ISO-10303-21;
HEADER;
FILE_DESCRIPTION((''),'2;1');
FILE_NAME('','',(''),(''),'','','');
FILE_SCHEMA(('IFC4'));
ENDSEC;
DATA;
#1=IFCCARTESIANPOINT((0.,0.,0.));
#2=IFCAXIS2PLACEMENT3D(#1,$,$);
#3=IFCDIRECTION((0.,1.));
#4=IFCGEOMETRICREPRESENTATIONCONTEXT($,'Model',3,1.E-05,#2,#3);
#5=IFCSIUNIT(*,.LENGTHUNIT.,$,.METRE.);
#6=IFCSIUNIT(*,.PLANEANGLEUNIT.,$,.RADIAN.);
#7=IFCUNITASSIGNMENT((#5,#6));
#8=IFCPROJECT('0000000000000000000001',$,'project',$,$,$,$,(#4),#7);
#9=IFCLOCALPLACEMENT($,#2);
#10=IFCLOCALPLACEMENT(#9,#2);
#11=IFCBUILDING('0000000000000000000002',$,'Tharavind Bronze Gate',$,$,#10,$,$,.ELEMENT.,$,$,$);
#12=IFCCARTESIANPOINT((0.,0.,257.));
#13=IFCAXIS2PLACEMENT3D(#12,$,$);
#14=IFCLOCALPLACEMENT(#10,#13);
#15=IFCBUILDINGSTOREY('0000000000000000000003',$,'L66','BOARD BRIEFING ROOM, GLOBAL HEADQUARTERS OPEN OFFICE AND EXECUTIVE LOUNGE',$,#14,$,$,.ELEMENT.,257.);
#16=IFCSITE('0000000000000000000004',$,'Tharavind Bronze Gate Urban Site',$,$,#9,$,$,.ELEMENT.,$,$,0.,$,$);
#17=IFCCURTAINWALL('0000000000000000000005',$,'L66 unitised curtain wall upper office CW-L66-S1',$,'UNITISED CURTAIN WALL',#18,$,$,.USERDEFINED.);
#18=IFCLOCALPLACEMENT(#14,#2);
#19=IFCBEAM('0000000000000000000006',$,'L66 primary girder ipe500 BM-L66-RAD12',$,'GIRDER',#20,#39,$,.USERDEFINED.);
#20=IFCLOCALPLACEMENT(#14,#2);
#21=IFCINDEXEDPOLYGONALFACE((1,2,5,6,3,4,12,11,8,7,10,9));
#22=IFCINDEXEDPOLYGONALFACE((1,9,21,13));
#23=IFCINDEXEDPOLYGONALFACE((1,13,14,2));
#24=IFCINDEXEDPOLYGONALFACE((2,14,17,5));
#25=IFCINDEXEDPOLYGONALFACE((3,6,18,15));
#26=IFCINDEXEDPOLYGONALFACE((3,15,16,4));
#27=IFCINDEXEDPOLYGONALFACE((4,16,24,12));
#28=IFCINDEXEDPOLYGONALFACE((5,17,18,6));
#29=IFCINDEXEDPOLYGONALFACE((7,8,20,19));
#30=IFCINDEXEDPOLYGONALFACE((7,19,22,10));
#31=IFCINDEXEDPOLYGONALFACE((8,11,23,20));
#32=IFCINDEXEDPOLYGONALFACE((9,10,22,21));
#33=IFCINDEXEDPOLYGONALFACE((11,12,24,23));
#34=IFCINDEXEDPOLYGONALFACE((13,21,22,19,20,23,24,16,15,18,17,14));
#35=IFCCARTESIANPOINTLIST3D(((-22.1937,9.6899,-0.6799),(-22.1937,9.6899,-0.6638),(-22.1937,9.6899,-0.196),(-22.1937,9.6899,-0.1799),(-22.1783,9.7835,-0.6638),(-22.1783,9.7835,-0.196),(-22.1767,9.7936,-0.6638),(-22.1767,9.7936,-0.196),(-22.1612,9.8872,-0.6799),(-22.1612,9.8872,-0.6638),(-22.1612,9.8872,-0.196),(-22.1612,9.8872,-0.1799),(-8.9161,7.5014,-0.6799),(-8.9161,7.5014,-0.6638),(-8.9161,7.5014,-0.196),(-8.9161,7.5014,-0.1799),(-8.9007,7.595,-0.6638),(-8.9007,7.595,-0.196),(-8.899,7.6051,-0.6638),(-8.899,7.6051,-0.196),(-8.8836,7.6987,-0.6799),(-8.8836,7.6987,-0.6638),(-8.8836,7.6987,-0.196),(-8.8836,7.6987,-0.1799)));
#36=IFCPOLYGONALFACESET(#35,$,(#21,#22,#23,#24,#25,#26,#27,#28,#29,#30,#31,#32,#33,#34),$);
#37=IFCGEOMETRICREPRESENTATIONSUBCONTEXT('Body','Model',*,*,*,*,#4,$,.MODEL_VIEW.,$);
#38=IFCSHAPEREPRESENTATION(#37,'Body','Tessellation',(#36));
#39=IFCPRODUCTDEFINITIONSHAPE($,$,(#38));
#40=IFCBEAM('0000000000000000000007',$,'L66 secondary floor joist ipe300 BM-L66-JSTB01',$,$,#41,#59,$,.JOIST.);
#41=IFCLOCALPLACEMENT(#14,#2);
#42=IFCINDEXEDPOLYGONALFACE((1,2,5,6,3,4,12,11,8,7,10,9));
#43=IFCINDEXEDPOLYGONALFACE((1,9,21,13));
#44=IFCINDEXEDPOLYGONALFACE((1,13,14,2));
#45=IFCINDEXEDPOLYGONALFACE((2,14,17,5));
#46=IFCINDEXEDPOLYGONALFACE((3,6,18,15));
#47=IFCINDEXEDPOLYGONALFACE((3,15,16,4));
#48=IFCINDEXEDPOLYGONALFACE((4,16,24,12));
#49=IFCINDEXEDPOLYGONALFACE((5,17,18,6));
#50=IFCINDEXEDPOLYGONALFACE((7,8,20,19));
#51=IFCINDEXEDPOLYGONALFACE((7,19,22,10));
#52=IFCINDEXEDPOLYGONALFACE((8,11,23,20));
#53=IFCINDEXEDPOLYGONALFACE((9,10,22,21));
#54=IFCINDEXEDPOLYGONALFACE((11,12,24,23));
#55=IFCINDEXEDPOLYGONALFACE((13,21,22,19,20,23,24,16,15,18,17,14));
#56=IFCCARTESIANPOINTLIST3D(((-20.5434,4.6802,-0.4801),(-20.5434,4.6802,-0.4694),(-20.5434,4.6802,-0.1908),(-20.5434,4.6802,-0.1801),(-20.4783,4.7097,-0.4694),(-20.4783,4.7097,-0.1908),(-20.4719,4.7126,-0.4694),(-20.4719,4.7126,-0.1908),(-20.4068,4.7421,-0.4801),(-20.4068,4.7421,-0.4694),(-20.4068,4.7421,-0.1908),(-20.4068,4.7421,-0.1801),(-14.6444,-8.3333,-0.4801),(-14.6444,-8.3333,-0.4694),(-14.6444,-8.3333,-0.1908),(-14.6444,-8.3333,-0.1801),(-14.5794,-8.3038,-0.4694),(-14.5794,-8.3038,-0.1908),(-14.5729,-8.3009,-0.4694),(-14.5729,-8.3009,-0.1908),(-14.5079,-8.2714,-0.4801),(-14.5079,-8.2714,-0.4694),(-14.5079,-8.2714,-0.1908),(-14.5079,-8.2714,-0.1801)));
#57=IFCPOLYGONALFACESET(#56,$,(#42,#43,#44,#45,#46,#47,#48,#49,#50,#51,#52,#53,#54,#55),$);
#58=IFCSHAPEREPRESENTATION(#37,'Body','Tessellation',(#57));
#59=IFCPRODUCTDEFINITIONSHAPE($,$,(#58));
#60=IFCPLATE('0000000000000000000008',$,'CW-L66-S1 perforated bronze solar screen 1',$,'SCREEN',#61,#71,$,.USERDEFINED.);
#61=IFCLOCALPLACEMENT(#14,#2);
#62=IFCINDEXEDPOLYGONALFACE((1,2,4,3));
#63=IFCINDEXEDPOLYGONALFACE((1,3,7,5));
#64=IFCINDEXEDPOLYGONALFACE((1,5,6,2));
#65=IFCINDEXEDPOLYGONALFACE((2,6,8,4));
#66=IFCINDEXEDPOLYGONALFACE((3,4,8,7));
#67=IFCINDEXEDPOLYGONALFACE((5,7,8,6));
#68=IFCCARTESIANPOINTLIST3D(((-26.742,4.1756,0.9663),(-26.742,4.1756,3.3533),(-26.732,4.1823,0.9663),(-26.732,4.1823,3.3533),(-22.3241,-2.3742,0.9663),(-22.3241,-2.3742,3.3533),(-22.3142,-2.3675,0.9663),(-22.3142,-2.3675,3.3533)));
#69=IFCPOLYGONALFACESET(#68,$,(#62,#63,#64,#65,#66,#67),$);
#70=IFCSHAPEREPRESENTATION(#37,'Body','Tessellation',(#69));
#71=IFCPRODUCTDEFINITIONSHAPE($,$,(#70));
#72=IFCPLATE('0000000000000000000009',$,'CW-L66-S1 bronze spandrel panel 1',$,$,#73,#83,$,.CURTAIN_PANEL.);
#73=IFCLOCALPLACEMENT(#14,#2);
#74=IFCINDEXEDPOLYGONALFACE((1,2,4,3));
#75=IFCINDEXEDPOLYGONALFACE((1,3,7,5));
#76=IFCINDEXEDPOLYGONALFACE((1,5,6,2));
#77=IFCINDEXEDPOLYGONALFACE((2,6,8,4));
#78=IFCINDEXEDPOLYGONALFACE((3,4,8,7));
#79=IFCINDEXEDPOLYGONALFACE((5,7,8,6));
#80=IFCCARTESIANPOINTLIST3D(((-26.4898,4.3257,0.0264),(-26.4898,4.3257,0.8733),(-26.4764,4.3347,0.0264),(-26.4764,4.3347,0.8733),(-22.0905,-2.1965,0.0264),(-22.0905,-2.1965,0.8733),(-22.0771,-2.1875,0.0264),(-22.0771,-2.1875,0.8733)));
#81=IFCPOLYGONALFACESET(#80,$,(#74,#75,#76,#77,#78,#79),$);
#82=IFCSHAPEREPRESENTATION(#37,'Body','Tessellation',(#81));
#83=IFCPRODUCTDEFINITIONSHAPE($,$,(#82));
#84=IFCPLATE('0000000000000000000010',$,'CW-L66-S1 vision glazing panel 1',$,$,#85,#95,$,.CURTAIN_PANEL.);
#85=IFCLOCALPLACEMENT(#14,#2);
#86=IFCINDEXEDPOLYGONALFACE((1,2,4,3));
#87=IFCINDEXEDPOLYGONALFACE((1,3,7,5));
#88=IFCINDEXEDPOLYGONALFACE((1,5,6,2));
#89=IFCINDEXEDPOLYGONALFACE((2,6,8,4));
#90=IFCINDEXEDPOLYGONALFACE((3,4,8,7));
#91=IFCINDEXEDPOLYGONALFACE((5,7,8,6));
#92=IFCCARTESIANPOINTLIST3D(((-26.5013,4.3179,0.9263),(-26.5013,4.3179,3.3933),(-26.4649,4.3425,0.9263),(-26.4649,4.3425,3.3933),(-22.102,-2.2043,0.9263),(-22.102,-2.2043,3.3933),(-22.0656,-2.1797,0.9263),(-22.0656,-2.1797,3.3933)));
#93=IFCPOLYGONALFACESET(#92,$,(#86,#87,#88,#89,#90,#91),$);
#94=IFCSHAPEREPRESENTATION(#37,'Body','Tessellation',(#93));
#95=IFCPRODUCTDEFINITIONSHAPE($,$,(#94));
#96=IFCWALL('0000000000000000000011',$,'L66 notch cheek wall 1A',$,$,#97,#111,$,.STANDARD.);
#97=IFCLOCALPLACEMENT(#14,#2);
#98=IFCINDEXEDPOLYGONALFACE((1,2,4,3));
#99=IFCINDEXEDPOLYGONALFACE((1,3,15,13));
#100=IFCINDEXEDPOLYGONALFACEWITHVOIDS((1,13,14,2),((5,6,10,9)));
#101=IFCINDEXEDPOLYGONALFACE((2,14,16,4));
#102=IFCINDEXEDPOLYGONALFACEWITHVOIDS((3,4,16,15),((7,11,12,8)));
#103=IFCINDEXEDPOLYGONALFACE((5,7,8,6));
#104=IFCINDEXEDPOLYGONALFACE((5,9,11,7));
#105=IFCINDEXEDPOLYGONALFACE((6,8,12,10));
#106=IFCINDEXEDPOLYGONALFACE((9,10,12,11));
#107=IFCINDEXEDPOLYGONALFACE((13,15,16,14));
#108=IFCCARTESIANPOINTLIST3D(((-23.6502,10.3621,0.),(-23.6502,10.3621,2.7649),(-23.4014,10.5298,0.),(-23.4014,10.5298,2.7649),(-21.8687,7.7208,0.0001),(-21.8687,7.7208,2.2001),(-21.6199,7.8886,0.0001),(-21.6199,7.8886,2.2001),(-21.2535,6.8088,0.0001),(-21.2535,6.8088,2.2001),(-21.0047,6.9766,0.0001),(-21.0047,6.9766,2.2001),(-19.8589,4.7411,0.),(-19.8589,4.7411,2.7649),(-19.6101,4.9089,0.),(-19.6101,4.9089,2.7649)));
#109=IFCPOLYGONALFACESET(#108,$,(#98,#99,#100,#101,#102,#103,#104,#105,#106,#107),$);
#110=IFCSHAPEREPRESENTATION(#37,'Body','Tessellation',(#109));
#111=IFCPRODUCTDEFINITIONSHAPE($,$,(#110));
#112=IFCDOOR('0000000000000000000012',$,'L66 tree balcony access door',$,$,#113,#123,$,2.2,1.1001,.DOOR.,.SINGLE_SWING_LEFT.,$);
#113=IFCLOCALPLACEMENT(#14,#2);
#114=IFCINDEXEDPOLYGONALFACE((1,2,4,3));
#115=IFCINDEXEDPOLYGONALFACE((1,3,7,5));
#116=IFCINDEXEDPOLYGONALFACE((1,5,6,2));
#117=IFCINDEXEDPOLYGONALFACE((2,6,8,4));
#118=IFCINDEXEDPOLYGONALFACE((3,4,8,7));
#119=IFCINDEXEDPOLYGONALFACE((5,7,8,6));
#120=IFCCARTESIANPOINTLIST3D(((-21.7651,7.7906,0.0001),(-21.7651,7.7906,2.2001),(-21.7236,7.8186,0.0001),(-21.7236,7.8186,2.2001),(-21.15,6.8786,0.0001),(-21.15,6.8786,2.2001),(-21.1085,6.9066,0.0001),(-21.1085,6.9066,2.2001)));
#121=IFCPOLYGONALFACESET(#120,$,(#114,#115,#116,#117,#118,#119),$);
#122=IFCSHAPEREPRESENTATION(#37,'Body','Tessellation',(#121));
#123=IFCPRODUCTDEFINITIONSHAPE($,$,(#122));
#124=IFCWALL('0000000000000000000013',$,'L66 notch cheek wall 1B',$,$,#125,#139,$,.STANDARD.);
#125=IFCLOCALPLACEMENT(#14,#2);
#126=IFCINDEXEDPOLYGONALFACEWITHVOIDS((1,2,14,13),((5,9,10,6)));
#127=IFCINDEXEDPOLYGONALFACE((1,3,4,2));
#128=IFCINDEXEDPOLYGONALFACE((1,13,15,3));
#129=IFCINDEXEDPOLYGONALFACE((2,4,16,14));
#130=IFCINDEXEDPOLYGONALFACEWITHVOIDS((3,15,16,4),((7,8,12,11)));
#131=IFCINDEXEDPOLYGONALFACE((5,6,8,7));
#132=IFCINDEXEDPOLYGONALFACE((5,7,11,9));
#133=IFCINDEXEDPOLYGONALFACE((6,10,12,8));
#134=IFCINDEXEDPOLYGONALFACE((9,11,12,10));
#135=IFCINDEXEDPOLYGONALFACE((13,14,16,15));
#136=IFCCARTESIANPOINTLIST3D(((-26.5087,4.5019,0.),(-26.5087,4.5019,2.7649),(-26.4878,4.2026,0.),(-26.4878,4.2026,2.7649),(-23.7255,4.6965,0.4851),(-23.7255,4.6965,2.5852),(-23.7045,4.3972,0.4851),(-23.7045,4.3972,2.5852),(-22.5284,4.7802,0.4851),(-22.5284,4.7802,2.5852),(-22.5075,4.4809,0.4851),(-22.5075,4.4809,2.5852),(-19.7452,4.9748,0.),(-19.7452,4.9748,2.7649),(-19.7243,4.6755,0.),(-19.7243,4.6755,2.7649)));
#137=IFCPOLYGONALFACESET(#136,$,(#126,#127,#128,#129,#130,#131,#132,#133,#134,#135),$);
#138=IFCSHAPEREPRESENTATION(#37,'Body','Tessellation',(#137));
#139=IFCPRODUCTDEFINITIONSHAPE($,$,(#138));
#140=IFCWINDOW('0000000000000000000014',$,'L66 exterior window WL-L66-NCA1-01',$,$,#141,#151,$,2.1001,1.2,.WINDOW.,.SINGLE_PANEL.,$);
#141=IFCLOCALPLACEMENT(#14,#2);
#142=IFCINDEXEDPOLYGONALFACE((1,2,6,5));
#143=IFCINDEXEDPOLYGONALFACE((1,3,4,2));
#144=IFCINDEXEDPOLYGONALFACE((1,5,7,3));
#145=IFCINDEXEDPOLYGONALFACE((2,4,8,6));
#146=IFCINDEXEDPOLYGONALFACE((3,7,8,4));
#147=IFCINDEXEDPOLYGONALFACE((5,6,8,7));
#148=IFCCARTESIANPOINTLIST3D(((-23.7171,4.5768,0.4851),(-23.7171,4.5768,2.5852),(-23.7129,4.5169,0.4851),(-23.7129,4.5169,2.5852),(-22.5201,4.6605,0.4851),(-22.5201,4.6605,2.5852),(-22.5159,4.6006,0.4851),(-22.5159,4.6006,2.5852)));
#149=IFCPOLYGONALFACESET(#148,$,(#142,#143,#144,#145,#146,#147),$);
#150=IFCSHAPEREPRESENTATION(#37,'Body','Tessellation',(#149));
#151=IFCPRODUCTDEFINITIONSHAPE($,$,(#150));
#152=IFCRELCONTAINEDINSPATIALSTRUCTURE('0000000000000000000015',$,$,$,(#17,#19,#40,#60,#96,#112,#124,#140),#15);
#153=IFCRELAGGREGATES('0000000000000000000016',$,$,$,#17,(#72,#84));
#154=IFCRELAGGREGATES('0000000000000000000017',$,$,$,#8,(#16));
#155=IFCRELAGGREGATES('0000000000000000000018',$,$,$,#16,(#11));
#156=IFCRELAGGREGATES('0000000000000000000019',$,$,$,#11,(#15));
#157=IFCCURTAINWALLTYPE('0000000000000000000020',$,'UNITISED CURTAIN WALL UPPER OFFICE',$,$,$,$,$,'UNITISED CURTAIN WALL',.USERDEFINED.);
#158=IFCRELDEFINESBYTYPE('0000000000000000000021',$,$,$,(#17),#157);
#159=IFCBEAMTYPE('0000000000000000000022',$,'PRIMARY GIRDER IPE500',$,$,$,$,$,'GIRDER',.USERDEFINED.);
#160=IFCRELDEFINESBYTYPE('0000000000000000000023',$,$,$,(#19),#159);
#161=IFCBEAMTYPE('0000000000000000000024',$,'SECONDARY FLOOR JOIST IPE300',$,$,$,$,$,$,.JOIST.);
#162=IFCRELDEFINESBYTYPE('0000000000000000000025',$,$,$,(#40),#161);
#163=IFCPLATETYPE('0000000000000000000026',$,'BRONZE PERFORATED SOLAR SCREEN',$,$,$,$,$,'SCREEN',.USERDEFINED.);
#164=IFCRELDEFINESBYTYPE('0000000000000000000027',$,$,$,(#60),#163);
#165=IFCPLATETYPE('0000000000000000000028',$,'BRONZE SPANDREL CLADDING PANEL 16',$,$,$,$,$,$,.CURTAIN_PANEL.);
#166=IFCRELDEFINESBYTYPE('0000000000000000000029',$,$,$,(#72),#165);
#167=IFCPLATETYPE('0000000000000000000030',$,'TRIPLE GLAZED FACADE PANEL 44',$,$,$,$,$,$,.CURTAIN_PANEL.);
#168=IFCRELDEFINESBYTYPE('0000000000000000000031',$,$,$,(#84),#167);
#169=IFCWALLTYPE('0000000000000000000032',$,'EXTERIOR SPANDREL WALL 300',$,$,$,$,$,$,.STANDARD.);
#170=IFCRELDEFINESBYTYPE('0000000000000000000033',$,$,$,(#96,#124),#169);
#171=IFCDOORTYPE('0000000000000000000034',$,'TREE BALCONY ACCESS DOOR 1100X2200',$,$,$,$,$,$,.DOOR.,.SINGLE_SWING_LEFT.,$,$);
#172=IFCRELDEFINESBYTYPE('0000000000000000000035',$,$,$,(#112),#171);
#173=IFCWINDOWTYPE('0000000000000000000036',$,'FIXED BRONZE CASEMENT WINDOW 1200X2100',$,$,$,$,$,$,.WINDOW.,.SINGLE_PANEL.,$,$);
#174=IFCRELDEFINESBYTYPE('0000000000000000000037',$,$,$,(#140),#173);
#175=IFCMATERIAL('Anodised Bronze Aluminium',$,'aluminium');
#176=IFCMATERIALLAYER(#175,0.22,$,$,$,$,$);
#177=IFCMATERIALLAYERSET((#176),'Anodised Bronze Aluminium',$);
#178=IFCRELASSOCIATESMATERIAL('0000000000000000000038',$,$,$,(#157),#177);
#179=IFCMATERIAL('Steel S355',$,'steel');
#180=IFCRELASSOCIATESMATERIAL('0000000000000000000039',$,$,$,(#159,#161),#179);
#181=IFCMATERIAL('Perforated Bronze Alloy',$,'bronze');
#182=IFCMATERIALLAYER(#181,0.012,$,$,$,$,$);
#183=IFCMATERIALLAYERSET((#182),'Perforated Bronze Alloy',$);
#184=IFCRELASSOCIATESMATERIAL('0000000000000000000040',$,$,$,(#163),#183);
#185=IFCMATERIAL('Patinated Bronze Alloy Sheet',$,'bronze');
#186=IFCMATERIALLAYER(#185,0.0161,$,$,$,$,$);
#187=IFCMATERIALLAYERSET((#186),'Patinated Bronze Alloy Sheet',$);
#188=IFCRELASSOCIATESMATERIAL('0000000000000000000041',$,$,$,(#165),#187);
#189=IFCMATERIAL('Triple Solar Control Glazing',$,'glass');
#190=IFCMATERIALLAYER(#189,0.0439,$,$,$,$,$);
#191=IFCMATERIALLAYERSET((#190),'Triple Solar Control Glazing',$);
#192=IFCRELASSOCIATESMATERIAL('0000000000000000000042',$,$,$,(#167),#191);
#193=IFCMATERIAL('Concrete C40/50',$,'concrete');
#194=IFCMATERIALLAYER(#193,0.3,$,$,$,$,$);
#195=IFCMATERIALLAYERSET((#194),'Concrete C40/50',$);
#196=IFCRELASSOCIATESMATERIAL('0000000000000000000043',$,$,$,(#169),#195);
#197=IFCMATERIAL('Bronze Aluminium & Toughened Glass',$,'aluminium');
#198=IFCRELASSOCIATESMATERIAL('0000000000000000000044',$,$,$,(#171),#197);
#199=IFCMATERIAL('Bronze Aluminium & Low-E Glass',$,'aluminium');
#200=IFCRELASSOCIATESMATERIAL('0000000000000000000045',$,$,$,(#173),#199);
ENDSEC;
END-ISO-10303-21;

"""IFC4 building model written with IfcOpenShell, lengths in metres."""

from ifc_helpers import new_model, si_unit, direction, frame, frame_2d, origin, origin_2d, place, context, subcontext, project, spatial, rectangle, i_section, extrude, material, layer, layer_set, material_profile, profile_set, type_object, element, fill, aggregate, save


model = new_model("IFC4")

# Units and contexts
model_context = context("Model", 3, precision=1e-05, world=origin(), true_north=direction((0.0, 1.0)))
body_context = subcontext(model_context, "Body", "Model", "MODEL_VIEW")
ifc_project = project(units=[si_unit("LENGTHUNIT", "METRE"), si_unit("PLANEANGLEUNIT", "RADIAN")], contexts=[model_context])

# Site, building, storey
site_placement = place(None, origin())
site = spatial("IfcSite", under=ifc_project, at=site_placement, Name="Tharavind Bronze Gate Urban Site", CompositionType="ELEMENT", RefElevation=0.0)
building_placement = place(site_placement, origin())
building = spatial("IfcBuilding", under=site, at=building_placement, Name="Tharavind Bronze Gate", CompositionType="ELEMENT")
storey_placement = place(building_placement, frame((0.0, 0.0, 257.0)))
storey = spatial("IfcBuildingStorey", under=building, at=storey_placement, Name="L66", Description="BOARD BRIEFING ROOM, GLOBAL HEADQUARTERS OPEN OFFICE AND EXECUTIVE LOUNGE", CompositionType="ELEMENT", Elevation=257.0)

# Curtain wall
ifc_material_1 = material(Name="Anodised Bronze Aluminium", Category="aluminium")
ifc_layer_1 = layer(ifc_material_1, 0.22)
ifc_layer_set_1 = layer_set([ifc_layer_1], Name="Anodised Bronze Aluminium")
curtain_wall_type = type_object("IfcCurtainWallType", Name="UNITISED CURTAIN WALL UPPER OFFICE", ElementType="UNITISED CURTAIN WALL", PredefinedType="USERDEFINED", material=ifc_layer_set_1)
curtain_wall_1_placement = place(storey_placement, origin())
curtain_wall_1 = element("IfcCurtainWall", 1, at=curtain_wall_1_placement, inside=storey, type_object=curtain_wall_type, Name="L66 unitised curtain wall upper office CW-L66-S1", ObjectType="UNITISED CURTAIN WALL", PredefinedType="USERDEFINED")

# Beams
ifc_material_2 = material(Name="Steel S355", Category="steel")
ifc_material_profile_1 = material_profile(ifc_material_2, i_section(OverallWidth=0.2, OverallDepth=0.5, WebThickness=0.0103, FlangeThickness=0.0161, at=origin_2d()), Name="IPE500")
ifc_profile_set_1 = profile_set([ifc_material_profile_1], Name="Steel S355")
beam_type_1 = type_object("IfcBeamType", Name="PRIMARY GIRDER IPE500", ElementType="GIRDER", PredefinedType="USERDEFINED", material=ifc_profile_set_1)
beam_1_placement = place(storey_placement, frame((-22.1775, 9.7886, -0.4299), z_axis=(0.986687, -0.162631, 0.0), x_axis=(0.162631, 0.986687, 0.0)))
element("IfcBeam", 2, at=beam_1_placement, inside=storey, type_object=beam_type_1, Name="L66 primary girder ipe500 BM-L66-RAD12", ObjectType="GIRDER", PredefinedType="USERDEFINED", context=body_context, shape_type="SweptSolid", body=[
    extrude(i_section(OverallWidth=0.2, OverallDepth=0.5, WebThickness=0.0103, FlangeThickness=0.0161, at=origin_2d()), origin(), (0.0, 0.0, 1.0), 13.4568),
])
ifc_material_profile_2 = material_profile(ifc_material_2, i_section(OverallWidth=0.1499, OverallDepth=0.3, WebThickness=0.0071, FlangeThickness=0.0107, at=origin_2d()), Name="IPE300")
ifc_profile_set_2 = profile_set([ifc_material_profile_2], Name="Steel S355")
beam_type_2 = type_object("IfcBeamType", Name="SECONDARY FLOOR JOIST IPE300", PredefinedType="JOIST", material=ifc_profile_set_2)
beam_2_placement = place(storey_placement, frame((-20.4751, 4.7112, -0.3301), z_axis=(0.412859, -0.910795, 0.0), x_axis=(0.910795, 0.412859, 0.0)))
element("IfcBeam", 3, at=beam_2_placement, inside=storey, type_object=beam_type_2, Name="L66 secondary floor joist ipe300 BM-L66-JSTB01", PredefinedType="JOIST", context=body_context, shape_type="SweptSolid", body=[
    extrude(i_section(OverallWidth=0.1499, OverallDepth=0.3, WebThickness=0.0071, FlangeThickness=0.0107, at=origin_2d()), origin(), (0.0, 0.0, 1.0), 14.2881),
])

# Plates
ifc_material_3 = material(Name="Perforated Bronze Alloy", Category="bronze")
ifc_layer_2 = layer(ifc_material_3, 0.012)
ifc_layer_set_2 = layer_set([ifc_layer_2], Name="Perforated Bronze Alloy")
plate_type_1 = type_object("IfcPlateType", Name="BRONZE PERFORATED SOLAR SCREEN", ElementType="SCREEN", PredefinedType="USERDEFINED", material=ifc_layer_set_2)
plate_1_placement = place(storey_placement, frame((-24.5281, 0.9041, 0.9663), z_axis=(0.0, 0.0, 1.0), x_axis=(0.559191, -0.829039, 0.0)))
element("IfcPlate", 4, at=plate_1_placement, inside=storey, type_object=plate_type_1, Name="CW-L66-S1 perforated bronze solar screen 1", ObjectType="SCREEN", PredefinedType="USERDEFINED", context=body_context, shape_type="SweptSolid", body=[
    extrude(rectangle(XDim=7.9004, YDim=0.012, at=origin_2d()), origin(), (0.0, 0.0, 1.0), 2.387),
])
ifc_material_4 = material(Name="Patinated Bronze Alloy Sheet", Category="bronze")
ifc_layer_3 = layer(ifc_material_4, 0.0161)
ifc_layer_set_3 = layer_set([ifc_layer_3], Name="Patinated Bronze Alloy Sheet")
plate_type_2 = type_object("IfcPlateType", Name="BRONZE SPANDREL CLADDING PANEL 16", PredefinedType="CURTAIN_PANEL", material=ifc_layer_set_3)
plate_2_placement = place(storey_placement, frame((-24.2834, 1.0691, 0.0264), z_axis=(0.0, 0.0, 1.0), x_axis=(0.559191, -0.829039, 0.0)))
plate_2 = element("IfcPlate", 5, at=plate_2_placement, type_object=plate_type_2, Name="CW-L66-S1 bronze spandrel panel 1", PredefinedType="CURTAIN_PANEL", context=body_context, shape_type="SweptSolid", body=[
    extrude(rectangle(XDim=7.8672, YDim=0.0161, at=origin_2d()), origin(), (0.0, 0.0, 1.0), 0.8469),
])
ifc_material_5 = material(Name="Triple Solar Control Glazing", Category="glass")
ifc_layer_4 = layer(ifc_material_5, 0.0439)
ifc_layer_set_4 = layer_set([ifc_layer_4], Name="Triple Solar Control Glazing")
plate_type_3 = type_object("IfcPlateType", Name="TRIPLE GLAZED FACADE PANEL 44", PredefinedType="CURTAIN_PANEL", material=ifc_layer_set_4)
plate_3_placement = place(storey_placement, frame((-24.2834, 1.0691, 0.9263), z_axis=(0.0, 0.0, 1.0), x_axis=(0.559191, -0.829039, 0.0)))
plate_3 = element("IfcPlate", 6, at=plate_3_placement, type_object=plate_type_3, Name="CW-L66-S1 vision glazing panel 1", PredefinedType="CURTAIN_PANEL", context=body_context, shape_type="SweptSolid", body=[
    extrude(rectangle(XDim=7.8672, YDim=0.0439, at=origin_2d()), origin(), (0.0, 0.0, 1.0), 2.467),
])
aggregate(curtain_wall_1, [plate_2, plate_3])

# Wall, opening, door
ifc_material_6 = material(Name="Concrete C40/50", Category="concrete")
ifc_layer_5 = layer(ifc_material_6, 0.3)
ifc_layer_set_5 = layer_set([ifc_layer_5], Name="Concrete C40/50")
wall_type = type_object("IfcWallType", Name="EXTERIOR SPANDREL WALL 300", PredefinedType="STANDARD", material=ifc_layer_set_5)
wall_1_placement = place(storey_placement, frame((-23.5259, 10.446, 0.0), z_axis=(0.0, 0.0, 1.0), x_axis=(0.559188, -0.829041, 0.0)))
wall_1 = element("IfcWall", 7, at=wall_1_placement, inside=storey, type_object=wall_type, Name="L66 notch cheek wall 1A", PredefinedType="STANDARD", context=body_context, shape_type="SweptSolid", body=[
    extrude(rectangle(XDim=6.78, YDim=0.3, at=frame_2d((3.3901, 0.0))), origin(), (0.0, 0.0, 1.0), 2.7649),
])
opening_1_placement = place(wall_1_placement, frame((3.186, 0.0, 0.0)))
opening_1 = element("IfcOpeningElement", 8, at=opening_1_placement, cuts=wall_1, PredefinedType="OPENING", context=body_context, shape_type="SweptSolid", body=[
    extrude(rectangle(XDim=1.1001, YDim=2.2, at=frame_2d((0.55, 1.1001))), frame((0.0, 0.1599, 0.0), z_axis=(0.0, -1.0, 0.0), x_axis=(1.0, 0.0, 0.0)), (0.0, 0.0, 1.0), 0.32),
])
ifc_material_7 = material(Name="Bronze Aluminium & Toughened Glass", Category="aluminium")
door_type = type_object("IfcDoorType", Name="TREE BALCONY ACCESS DOOR 1100X2200", OperationType="SINGLE_SWING_LEFT", PredefinedType="DOOR", material=ifc_material_7)
door_placement = place(opening_1_placement, origin())
door = element("IfcDoor", 9, at=door_placement, inside=storey, type_object=door_type, Name="L66 tree balcony access door", OperationType="SINGLE_SWING_LEFT", OverallHeight=2.2, OverallWidth=1.1001, PredefinedType="DOOR", context=body_context, shape_type="SweptSolid", body=[
    extrude(rectangle(XDim=1.1001, YDim=2.2, at=frame_2d((0.55, 1.1001))), frame((0.0, 0.0249, 0.0), z_axis=(0.0, -1.0, 0.0), x_axis=(1.0, 0.0, 0.0)), (0.0, 0.0, 1.0), 0.05),
])
fill(opening_1, door)

# Wall, opening, window
wall_2_placement = place(storey_placement, frame((-19.7346, 4.8252, 0.0), z_axis=(0.0, 0.0, 1.0), x_axis=(-0.997565, -0.06975, 0.0)))
wall_2 = element("IfcWall", 10, at=wall_2_placement, inside=storey, type_object=wall_type, Name="L66 notch cheek wall 1B", PredefinedType="STANDARD", context=body_context, shape_type="SweptSolid", body=[
    extrude(rectangle(XDim=6.78, YDim=0.3, at=frame_2d((3.3901, 0.0))), origin(), (0.0, 0.0, 1.0), 2.7649),
])
opening_2_placement = place(wall_2_placement, frame((2.79, 0.0, 0.4851)))
opening_2 = element("IfcOpeningElement", 11, at=opening_2_placement, cuts=wall_2, PredefinedType="OPENING", context=body_context, shape_type="SweptSolid", body=[
    extrude(rectangle(XDim=1.2, YDim=2.1001, at=frame_2d((0.6001, 1.05))), frame((0.0, 0.1599, 0.0), z_axis=(0.0, -1.0, 0.0), x_axis=(1.0, 0.0, 0.0)), (0.0, 0.0, 1.0), 0.32),
])
ifc_material_8 = material(Name="Bronze Aluminium & Low-E Glass", Category="aluminium")
window_type = type_object("IfcWindowType", Name="FIXED BRONZE CASEMENT WINDOW 1200X2100", PartitioningType="SINGLE_PANEL", PredefinedType="WINDOW", material=ifc_material_8)
window_placement = place(opening_2_placement, origin())
window = element("IfcWindow", 12, at=window_placement, inside=storey, type_object=window_type, Name="L66 exterior window WL-L66-NCA1-01", OverallHeight=2.1001, OverallWidth=1.2, PartitioningType="SINGLE_PANEL", PredefinedType="WINDOW", context=body_context, shape_type="SweptSolid", body=[
    extrude(rectangle(XDim=1.2, YDim=2.1001, at=frame_2d((0.6001, 1.05))), frame((0.0, 0.03, 0.0), z_axis=(0.0, -1.0, 0.0), x_axis=(1.0, 0.0, 0.0)), (0.0, 0.0, 1.0), 0.0601),
])
fill(opening_2, window)

save(model, "model.ifc")
